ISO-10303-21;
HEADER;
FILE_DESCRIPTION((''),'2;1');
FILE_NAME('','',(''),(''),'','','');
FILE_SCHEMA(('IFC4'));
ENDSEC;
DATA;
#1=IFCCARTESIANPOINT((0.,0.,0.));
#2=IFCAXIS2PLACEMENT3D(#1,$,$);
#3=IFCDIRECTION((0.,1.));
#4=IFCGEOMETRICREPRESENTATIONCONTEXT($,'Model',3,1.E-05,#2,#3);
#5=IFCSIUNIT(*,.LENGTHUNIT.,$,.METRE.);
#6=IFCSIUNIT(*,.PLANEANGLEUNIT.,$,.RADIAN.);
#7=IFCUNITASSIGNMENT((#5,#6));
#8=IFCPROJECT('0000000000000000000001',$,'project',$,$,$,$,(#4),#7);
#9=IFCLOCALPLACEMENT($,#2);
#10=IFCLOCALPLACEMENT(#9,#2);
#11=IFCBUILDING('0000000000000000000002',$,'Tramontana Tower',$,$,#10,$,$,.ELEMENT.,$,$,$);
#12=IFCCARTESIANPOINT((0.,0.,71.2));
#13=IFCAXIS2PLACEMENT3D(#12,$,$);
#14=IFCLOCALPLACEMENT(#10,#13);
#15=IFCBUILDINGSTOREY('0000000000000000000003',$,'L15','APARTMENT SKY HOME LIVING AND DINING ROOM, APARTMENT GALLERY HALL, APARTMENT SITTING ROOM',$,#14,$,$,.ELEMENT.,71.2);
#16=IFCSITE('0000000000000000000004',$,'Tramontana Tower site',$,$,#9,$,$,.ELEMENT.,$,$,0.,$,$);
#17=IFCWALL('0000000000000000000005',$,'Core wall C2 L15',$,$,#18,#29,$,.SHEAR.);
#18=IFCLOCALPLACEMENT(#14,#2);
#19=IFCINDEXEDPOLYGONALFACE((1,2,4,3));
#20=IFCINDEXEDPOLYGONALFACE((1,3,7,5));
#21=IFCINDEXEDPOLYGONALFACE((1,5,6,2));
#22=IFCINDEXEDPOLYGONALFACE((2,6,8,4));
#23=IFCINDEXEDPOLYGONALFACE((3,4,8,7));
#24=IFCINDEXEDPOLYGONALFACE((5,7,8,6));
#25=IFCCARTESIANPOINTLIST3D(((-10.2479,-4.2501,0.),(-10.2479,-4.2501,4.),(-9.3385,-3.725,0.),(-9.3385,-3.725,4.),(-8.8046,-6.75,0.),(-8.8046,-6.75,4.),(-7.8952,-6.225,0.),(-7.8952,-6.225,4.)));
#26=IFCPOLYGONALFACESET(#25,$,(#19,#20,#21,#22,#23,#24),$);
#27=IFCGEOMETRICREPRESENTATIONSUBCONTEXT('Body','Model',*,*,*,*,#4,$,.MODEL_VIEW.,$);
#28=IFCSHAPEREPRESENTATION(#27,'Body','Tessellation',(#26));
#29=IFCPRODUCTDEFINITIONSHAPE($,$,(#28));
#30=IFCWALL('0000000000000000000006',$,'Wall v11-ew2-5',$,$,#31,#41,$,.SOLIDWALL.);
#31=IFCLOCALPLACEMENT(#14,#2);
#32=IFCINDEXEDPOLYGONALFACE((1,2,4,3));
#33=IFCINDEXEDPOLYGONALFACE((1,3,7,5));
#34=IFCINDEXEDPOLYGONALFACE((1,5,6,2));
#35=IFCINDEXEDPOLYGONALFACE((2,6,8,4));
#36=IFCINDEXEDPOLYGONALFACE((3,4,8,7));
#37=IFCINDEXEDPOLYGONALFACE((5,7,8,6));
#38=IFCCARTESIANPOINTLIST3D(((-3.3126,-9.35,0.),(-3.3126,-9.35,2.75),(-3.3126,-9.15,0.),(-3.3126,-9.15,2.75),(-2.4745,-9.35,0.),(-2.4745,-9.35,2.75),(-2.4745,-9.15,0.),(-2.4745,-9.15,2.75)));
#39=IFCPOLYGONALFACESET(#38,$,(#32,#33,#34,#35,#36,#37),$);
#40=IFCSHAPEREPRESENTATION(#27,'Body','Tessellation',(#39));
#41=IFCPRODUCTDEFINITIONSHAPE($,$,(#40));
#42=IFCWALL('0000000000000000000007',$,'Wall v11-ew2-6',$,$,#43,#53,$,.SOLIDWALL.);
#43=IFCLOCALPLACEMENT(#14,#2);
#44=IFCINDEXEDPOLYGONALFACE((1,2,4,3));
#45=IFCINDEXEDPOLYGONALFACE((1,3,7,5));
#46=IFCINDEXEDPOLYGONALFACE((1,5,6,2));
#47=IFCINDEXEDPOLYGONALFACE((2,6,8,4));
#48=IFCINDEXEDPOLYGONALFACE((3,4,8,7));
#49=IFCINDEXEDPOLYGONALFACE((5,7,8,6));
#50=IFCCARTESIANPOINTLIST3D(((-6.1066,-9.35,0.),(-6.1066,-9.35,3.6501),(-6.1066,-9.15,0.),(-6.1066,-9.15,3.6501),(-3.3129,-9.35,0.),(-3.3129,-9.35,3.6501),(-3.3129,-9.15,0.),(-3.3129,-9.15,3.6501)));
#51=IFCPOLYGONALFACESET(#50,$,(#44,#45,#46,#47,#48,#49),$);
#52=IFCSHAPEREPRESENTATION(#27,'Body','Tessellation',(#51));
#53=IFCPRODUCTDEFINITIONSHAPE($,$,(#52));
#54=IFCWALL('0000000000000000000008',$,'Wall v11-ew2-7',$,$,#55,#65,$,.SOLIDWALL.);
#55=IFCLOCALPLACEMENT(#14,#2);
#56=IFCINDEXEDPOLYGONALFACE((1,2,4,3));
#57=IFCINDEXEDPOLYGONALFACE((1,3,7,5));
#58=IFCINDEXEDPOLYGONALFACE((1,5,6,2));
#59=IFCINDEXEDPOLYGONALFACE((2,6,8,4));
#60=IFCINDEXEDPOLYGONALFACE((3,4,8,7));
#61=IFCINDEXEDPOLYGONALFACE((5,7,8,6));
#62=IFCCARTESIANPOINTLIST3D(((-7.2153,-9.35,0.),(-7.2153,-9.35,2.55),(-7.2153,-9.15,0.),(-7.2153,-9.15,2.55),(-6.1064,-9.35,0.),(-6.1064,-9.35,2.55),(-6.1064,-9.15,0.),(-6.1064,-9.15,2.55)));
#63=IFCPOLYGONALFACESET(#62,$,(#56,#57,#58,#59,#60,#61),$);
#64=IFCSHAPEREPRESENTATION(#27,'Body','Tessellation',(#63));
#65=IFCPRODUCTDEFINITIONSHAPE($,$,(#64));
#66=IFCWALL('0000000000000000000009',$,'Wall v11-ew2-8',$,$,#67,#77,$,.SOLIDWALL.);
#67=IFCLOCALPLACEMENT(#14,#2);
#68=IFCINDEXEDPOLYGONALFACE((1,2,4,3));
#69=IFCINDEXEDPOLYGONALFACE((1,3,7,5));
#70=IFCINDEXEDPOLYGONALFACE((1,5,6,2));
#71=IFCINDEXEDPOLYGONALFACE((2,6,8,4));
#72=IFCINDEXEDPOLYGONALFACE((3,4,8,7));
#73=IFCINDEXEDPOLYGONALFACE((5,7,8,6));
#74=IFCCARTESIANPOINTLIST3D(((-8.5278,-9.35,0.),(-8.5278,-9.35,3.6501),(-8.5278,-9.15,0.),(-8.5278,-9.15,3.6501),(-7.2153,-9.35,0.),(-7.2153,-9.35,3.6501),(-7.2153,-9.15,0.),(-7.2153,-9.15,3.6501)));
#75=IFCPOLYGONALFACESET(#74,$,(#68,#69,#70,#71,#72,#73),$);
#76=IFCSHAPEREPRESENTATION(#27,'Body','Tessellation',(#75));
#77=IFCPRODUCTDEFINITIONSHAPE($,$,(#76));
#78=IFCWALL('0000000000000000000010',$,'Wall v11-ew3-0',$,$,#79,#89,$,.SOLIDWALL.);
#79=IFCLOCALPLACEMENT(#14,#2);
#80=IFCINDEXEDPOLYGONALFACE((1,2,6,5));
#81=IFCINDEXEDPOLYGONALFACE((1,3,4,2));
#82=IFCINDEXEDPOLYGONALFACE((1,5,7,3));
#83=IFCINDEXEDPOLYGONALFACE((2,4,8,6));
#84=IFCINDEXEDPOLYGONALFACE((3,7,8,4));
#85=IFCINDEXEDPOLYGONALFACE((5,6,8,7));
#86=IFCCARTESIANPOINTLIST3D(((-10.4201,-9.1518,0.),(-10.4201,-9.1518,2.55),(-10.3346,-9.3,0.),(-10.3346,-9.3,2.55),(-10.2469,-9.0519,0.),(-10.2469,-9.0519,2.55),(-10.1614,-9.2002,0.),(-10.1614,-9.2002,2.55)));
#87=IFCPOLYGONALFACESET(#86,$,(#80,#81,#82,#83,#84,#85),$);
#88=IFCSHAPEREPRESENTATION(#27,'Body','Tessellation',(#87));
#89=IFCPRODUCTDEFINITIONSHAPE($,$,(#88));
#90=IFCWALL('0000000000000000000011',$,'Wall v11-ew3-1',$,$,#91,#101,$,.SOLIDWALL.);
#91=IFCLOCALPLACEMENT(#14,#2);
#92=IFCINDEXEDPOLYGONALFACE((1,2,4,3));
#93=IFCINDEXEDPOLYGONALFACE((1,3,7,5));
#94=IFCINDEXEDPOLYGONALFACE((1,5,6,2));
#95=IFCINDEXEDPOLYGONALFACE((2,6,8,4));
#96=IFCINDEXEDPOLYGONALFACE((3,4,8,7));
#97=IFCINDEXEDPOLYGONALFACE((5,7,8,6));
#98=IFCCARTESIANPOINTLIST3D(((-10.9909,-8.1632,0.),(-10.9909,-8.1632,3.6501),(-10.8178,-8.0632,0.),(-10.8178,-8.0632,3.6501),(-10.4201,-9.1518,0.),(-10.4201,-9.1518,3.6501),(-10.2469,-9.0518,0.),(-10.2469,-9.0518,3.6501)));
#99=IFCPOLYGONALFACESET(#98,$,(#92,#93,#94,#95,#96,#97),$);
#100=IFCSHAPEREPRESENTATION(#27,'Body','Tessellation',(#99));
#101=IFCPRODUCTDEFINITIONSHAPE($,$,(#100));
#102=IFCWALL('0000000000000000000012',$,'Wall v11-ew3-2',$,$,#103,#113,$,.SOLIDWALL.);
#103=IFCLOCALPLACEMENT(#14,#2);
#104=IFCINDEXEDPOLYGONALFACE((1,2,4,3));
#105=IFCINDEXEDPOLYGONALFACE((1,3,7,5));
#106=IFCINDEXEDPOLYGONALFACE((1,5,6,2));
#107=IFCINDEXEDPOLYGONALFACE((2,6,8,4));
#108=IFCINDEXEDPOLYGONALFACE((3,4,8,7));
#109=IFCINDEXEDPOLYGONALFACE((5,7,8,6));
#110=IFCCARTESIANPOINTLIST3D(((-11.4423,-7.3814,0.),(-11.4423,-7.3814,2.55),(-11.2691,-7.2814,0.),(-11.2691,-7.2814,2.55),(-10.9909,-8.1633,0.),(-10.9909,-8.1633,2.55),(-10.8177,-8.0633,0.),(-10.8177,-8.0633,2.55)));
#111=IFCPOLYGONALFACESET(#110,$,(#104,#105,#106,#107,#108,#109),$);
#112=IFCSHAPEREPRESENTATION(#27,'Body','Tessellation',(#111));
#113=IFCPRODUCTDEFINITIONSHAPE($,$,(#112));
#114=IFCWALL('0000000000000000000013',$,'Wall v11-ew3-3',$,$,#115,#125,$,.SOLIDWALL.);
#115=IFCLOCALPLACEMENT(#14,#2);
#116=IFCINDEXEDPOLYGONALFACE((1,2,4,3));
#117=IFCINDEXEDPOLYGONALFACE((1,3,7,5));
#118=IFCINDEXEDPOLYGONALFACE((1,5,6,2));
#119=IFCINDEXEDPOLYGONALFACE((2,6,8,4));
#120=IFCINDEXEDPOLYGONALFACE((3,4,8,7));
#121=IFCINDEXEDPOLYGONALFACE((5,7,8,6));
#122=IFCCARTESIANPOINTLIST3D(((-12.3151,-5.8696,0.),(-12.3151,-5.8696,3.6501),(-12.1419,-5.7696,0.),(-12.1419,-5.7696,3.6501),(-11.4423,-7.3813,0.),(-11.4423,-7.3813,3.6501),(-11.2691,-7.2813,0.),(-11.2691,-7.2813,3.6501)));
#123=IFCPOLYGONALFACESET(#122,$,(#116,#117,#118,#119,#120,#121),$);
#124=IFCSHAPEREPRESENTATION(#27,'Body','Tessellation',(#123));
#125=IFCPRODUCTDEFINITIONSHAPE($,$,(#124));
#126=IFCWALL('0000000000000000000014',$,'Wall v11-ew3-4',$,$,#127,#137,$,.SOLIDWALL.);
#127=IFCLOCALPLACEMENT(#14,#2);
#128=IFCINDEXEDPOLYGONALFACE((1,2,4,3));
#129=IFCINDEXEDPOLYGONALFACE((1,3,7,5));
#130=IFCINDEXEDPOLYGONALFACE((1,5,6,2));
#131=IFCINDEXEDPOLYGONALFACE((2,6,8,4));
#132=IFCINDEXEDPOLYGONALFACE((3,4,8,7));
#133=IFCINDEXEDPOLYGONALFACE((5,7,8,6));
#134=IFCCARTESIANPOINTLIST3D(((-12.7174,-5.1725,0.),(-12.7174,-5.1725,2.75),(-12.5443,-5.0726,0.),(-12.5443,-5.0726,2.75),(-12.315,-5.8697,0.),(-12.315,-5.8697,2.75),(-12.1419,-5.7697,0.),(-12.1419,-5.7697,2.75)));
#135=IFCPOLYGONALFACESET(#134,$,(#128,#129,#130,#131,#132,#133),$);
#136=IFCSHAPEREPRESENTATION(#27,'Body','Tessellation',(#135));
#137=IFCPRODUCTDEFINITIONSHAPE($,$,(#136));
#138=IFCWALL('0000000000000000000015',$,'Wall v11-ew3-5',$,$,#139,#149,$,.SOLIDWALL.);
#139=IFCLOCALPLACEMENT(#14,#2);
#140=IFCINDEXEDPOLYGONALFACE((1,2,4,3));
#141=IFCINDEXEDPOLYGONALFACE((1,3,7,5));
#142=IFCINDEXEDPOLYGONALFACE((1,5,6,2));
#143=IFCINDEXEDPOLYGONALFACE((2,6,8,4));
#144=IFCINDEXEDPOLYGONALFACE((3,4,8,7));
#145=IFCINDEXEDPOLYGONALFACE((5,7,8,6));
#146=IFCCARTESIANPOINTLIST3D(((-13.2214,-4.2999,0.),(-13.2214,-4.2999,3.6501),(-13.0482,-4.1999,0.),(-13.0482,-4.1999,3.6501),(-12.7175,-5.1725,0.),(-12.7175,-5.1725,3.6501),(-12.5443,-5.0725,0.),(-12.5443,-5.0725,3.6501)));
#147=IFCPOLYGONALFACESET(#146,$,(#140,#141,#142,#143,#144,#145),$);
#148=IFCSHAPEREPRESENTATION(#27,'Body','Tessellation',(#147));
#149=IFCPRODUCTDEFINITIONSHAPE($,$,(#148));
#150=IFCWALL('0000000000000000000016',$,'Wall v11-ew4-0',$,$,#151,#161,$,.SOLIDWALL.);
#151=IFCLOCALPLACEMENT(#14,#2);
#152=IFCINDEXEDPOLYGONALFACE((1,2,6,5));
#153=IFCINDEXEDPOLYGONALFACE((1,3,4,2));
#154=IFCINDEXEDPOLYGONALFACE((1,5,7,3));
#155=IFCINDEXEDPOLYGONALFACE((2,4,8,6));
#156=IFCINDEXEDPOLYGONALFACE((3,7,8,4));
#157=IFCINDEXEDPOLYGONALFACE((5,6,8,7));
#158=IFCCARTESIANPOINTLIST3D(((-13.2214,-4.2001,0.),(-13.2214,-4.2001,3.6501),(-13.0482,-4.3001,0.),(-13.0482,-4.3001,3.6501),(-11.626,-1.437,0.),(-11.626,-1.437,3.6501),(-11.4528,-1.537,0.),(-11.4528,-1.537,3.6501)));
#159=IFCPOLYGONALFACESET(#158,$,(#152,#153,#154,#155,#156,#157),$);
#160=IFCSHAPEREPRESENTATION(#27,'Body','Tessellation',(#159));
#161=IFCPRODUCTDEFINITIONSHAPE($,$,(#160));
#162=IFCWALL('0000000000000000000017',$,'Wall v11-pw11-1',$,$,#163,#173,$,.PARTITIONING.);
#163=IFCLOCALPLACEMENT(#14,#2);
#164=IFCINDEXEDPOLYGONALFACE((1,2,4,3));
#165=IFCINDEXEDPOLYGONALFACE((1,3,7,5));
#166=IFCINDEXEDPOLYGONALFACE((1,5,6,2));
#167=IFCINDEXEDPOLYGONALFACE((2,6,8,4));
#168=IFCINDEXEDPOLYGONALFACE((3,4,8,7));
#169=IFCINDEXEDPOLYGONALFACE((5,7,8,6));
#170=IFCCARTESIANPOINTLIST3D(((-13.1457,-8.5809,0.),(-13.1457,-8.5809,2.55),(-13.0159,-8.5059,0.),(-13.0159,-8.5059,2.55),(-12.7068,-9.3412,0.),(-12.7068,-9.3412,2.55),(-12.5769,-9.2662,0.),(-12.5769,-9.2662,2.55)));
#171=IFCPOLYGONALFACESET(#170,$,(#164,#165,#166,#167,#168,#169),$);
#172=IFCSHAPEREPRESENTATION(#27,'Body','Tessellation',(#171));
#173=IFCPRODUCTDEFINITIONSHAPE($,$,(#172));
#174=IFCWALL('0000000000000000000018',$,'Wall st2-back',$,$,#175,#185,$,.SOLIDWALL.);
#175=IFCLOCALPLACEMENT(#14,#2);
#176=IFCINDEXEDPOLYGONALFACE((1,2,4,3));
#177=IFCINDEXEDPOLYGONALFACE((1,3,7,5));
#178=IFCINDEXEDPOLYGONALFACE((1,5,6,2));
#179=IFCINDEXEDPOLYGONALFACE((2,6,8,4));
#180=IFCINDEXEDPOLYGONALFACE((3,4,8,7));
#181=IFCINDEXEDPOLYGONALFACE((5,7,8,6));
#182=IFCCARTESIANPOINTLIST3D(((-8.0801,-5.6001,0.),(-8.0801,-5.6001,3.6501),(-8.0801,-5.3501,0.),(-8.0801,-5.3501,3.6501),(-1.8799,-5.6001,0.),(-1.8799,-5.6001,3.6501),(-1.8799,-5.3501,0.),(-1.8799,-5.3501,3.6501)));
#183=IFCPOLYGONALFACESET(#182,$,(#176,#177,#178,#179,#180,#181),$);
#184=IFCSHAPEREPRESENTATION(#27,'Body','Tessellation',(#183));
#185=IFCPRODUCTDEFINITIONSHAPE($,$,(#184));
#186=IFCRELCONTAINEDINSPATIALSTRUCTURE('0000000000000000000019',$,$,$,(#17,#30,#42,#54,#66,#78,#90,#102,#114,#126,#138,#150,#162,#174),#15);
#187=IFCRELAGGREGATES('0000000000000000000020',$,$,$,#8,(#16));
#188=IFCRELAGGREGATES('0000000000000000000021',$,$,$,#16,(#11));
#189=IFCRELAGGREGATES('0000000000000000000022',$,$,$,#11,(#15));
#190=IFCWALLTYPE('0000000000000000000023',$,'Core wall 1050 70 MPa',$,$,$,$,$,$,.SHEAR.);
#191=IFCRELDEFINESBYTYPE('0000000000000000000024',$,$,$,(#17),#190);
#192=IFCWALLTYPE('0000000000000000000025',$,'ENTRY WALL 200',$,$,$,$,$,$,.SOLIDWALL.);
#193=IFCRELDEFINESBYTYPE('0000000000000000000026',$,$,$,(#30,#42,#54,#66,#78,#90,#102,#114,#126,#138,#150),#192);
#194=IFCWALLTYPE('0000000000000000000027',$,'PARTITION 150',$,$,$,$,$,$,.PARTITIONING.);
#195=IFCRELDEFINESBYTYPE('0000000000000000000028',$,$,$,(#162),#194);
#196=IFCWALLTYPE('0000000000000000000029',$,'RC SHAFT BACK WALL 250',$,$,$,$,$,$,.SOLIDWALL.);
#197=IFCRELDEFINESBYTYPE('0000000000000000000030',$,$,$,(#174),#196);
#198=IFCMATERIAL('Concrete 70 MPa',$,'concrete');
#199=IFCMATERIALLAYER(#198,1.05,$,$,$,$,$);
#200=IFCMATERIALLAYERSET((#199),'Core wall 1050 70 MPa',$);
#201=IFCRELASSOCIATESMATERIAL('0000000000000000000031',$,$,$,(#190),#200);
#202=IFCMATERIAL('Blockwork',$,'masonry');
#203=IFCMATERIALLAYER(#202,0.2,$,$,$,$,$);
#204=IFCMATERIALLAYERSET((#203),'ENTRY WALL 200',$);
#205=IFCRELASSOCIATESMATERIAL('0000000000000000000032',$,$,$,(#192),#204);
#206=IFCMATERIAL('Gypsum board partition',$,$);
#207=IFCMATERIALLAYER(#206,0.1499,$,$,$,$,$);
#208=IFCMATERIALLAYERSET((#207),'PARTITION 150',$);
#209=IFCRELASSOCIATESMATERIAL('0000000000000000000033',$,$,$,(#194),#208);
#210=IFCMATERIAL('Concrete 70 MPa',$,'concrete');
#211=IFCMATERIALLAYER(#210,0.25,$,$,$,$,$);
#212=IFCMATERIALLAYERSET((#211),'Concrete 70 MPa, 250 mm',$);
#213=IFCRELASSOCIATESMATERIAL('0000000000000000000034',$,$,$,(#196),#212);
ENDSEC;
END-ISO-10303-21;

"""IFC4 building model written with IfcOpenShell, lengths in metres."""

from ifc_helpers import new_model, si_unit, direction, frame, frame_2d, origin, place, context, subcontext, project, spatial, rectangle, extrude, material, layer, layer_set, type_object, element, save


model = new_model("IFC4")

# Units and contexts
model_context = context("Model", 3, precision=1e-05, world=origin(), true_north=direction((0.0, 1.0)))
body_context = subcontext(model_context, "Body", "Model", "MODEL_VIEW")
ifc_project = project(units=[si_unit("LENGTHUNIT", "METRE"), si_unit("PLANEANGLEUNIT", "RADIAN")], contexts=[model_context])

# Site, building, storey
site_placement = place(None, origin())
site = spatial("IfcSite", under=ifc_project, at=site_placement, Name="Tramontana Tower site", CompositionType="ELEMENT", RefElevation=0.0)
building_placement = place(site_placement, origin())
building = spatial("IfcBuilding", under=site, at=building_placement, Name="Tramontana Tower", CompositionType="ELEMENT")
storey_placement = place(building_placement, frame((0.0, 0.0, 71.2)))
storey = spatial("IfcBuildingStorey", under=building, at=storey_placement, Name="L15", Description="APARTMENT SKY HOME LIVING AND DINING ROOM, APARTMENT GALLERY HALL, APARTMENT SITTING ROOM", CompositionType="ELEMENT", Elevation=71.2)

# Wall
ifc_material_1 = material(Name="Concrete 70 MPa", Category="concrete")
ifc_layer_1 = layer(ifc_material_1, 1.05)
ifc_layer_set_1 = layer_set([ifc_layer_1], Name="Core wall 1050 70 MPa")
wall_type_1 = type_object("IfcWallType", Name="Core wall 1050 70 MPa", PredefinedType="SHEAR", material=ifc_layer_set_1)
wall_1_placement = place(storey_placement, frame((-9.7932, -3.9875, 0.0), z_axis=(0.0, 0.0, 1.0), x_axis=(0.499996, -0.866028, 0.0)))
element("IfcWall", 1, at=wall_1_placement, inside=storey, type_object=wall_type_1, Name="Core wall C2 L15", PredefinedType="SHEAR", context=body_context, shape_type="SweptSolid", body=[
    extrude(rectangle(XDim=2.8867, YDim=1.05, at=frame_2d((1.4434, 0.0))), origin(), (0.0, 0.0, 1.0), 4.0),
])

# Walls
ifc_material_2 = material(Name="Blockwork", Category="masonry")
ifc_layer_2 = layer(ifc_material_2, 0.2)
ifc_layer_set_2 = layer_set([ifc_layer_2], Name="ENTRY WALL 200")
wall_type_2 = type_object("IfcWallType", Name="ENTRY WALL 200", PredefinedType="SOLIDWALL", material=ifc_layer_set_2)
wall_2_placement = place(storey_placement, frame((-2.4746, -9.25, 0.0), z_axis=(0.0, 0.0, 1.0), x_axis=(-1.0, 0.0, 0.0)))
element("IfcWall", 2, at=wall_2_placement, inside=storey, type_object=wall_type_2, Name="Wall v11-ew2-5", PredefinedType="SOLIDWALL", context=body_context, shape_type="SweptSolid", body=[
    extrude(rectangle(XDim=0.8381, YDim=0.2, at=frame_2d((0.4189, 0.0))), origin(), (0.0, 0.0, 1.0), 2.75),
])
wall_3_placement = place(storey_placement, frame((-3.3127, -9.25, 0.0), z_axis=(0.0, 0.0, 1.0), x_axis=(-1.0, 0.0, 0.0)))
element("IfcWall", 3, at=wall_3_placement, inside=storey, type_object=wall_type_2, Name="Wall v11-ew2-6", PredefinedType="SOLIDWALL", context=body_context, shape_type="SweptSolid", body=[
    extrude(rectangle(XDim=2.7937, YDim=0.2, at=frame_2d((1.397, 0.0))), origin(), (0.0, 0.0, 1.0), 3.6501),
])
wall_4_placement = place(storey_placement, frame((-6.1064, -9.25, 0.0), z_axis=(0.0, 0.0, 1.0), x_axis=(-1.0, 0.0, 0.0)))
element("IfcWall", 4, at=wall_4_placement, inside=storey, type_object=wall_type_2, Name="Wall v11-ew2-7", PredefinedType="SOLIDWALL", context=body_context, shape_type="SweptSolid", body=[
    extrude(rectangle(XDim=1.1089, YDim=0.2, at=frame_2d((0.5544, 0.0))), origin(), (0.0, 0.0, 1.0), 2.55),
])
wall_5_placement = place(storey_placement, frame((-7.2153, -9.25, 0.0), z_axis=(0.0, 0.0, 1.0), x_axis=(-1.0, 0.0, 0.0)))
element("IfcWall", 5, at=wall_5_placement, inside=storey, type_object=wall_type_2, Name="Wall v11-ew2-8", PredefinedType="SOLIDWALL", context=body_context, shape_type="SweptSolid", body=[
    extrude(rectangle(XDim=1.3125, YDim=0.2, at=frame_2d((0.6562, 0.0))), origin(), (0.0, 0.0, 1.0), 3.6501),
])

# Walls
wall_6_placement = place(storey_placement, frame((-10.248, -9.25, 0.0), z_axis=(0.0, 0.0, 1.0), x_axis=(-0.499517, 0.866304, 0.0)))
element("IfcWall", 6, at=wall_6_placement, inside=storey, type_object=wall_type_2, Name="Wall v11-ew3-0", PredefinedType="SOLIDWALL", context=body_context, shape_type="SweptSolid", body=[
    extrude(rectangle(XDim=0.1711, YDim=0.2, at=frame_2d((0.0854, 0.0))), origin(), (0.0, 0.0, 1.0), 2.55),
])
wall_7_placement = place(storey_placement, frame((-10.3335, -9.1018, 0.0), z_axis=(0.0, 0.0, 1.0), x_axis=(-0.50005, 0.865997, 0.0)))
element("IfcWall", 7, at=wall_7_placement, inside=storey, type_object=wall_type_2, Name="Wall v11-ew3-1", PredefinedType="SOLIDWALL", context=body_context, shape_type="SweptSolid", body=[
    extrude(rectangle(XDim=1.1416, YDim=0.2, at=frame_2d((0.5708, 0.0))), origin(), (0.0, 0.0, 1.0), 3.6501),
])
wall_8_placement = place(storey_placement, frame((-10.9043, -8.1133, 0.0), z_axis=(0.0, 0.0, 1.0), x_axis=(-0.499949, 0.866055, 0.0)))
element("IfcWall", 8, at=wall_8_placement, inside=storey, type_object=wall_type_2, Name="Wall v11-ew3-2", PredefinedType="SOLIDWALL", context=body_context, shape_type="SweptSolid", body=[
    extrude(rectangle(XDim=0.9028, YDim=0.2, at=frame_2d((0.4514, 0.0))), origin(), (0.0, 0.0, 1.0), 2.55),
])
wall_9_placement = place(storey_placement, frame((-11.3557, -7.3313, 0.0), z_axis=(0.0, 0.0, 1.0), x_axis=(-0.500005, 0.866023, 0.0)))
element("IfcWall", 9, at=wall_9_placement, inside=storey, type_object=wall_type_2, Name="Wall v11-ew3-3", PredefinedType="SOLIDWALL", context=body_context, shape_type="SweptSolid", body=[
    extrude(rectangle(XDim=1.7456, YDim=0.2, at=frame_2d((0.8728, 0.0))), origin(), (0.0, 0.0, 1.0), 3.6501),
])
wall_10_placement = place(storey_placement, frame((-12.2285, -5.8196, 0.0), z_axis=(0.0, 0.0, 1.0), x_axis=(-0.499924, 0.866069, 0.0)))
element("IfcWall", 10, at=wall_10_placement, inside=storey, type_object=wall_type_2, Name="Wall v11-ew3-4", PredefinedType="SOLIDWALL", context=body_context, shape_type="SweptSolid", body=[
    extrude(rectangle(XDim=0.8049, YDim=0.2, at=frame_2d((0.4023, 0.0))), origin(), (0.0, 0.0, 1.0), 2.75),
])
wall_11_placement = place(storey_placement, frame((-12.6309, -5.1226, 0.0), z_axis=(0.0, 0.0, 1.0), x_axis=(-0.5001, 0.865968, 0.0)))
element("IfcWall", 11, at=wall_11_placement, inside=storey, type_object=wall_type_2, Name="Wall v11-ew3-5", PredefinedType="SOLIDWALL", context=body_context, shape_type="SweptSolid", body=[
    extrude(rectangle(XDim=1.0076, YDim=0.2, at=frame_2d((0.5039, 0.0))), origin(), (0.0, 0.0, 1.0), 3.6501),
])
wall_12_placement = place(storey_placement, frame((-13.1348, -4.25, 0.0), z_axis=(0.0, 0.0, 1.0), x_axis=(0.500032, 0.866007, 0.0)))
element("IfcWall", 12, at=wall_12_placement, inside=storey, type_object=wall_type_2, Name="Wall v11-ew4-0", PredefinedType="SOLIDWALL", context=body_context, shape_type="SweptSolid", body=[
    extrude(rectangle(XDim=3.1907, YDim=0.2, at=frame_2d((1.5952, 0.0))), origin(), (0.0, 0.0, 1.0), 3.6501),
])
ifc_material_3 = material(Name="Gypsum board partition")
ifc_layer_3 = layer(ifc_material_3, 0.1499)
ifc_layer_set_3 = layer_set([ifc_layer_3], Name="PARTITION 150")
wall_type_3 = type_object("IfcWallType", Name="PARTITION 150", PredefinedType="PARTITIONING", material=ifc_layer_set_3)
wall_13_placement = place(storey_placement, frame((-12.6418, -9.3037, 0.0), z_axis=(0.0, 0.0, 1.0), x_axis=(-0.500027, 0.86601, 0.0)))
element("IfcWall", 13, at=wall_13_placement, inside=storey, type_object=wall_type_3, Name="Wall v11-pw11-1", PredefinedType="PARTITIONING", context=body_context, shape_type="SweptSolid", body=[
    extrude(rectangle(XDim=0.8779, YDim=0.1499, at=frame_2d((0.439, 0.0))), origin(), (0.0, 0.0, 1.0), 2.55),
])

# Wall
ifc_material_4 = material(Name="Concrete 70 MPa", Category="concrete")
ifc_layer_4 = layer(ifc_material_4, 0.25)
ifc_layer_set_4 = layer_set([ifc_layer_4], Name="Concrete 70 MPa, 250 mm")
wall_type_4 = type_object("IfcWallType", Name="RC SHAFT BACK WALL 250", PredefinedType="SOLIDWALL", material=ifc_layer_set_4)
wall_14_placement = place(storey_placement, frame((-8.0801, -5.4751, 0.0), z_axis=(0.0, 0.0, 1.0), x_axis=(1.0, 0.0, 0.0)))
element("IfcWall", 14, at=wall_14_placement, inside=storey, type_object=wall_type_4, Name="Wall st2-back", PredefinedType="SOLIDWALL", context=body_context, shape_type="SweptSolid", body=[
    extrude(rectangle(XDim=6.2002, YDim=0.25, at=frame_2d((3.1001, 0.0))), origin(), (0.0, 0.0, 1.0), 3.6501),
])

save(model, "model.ifc")
